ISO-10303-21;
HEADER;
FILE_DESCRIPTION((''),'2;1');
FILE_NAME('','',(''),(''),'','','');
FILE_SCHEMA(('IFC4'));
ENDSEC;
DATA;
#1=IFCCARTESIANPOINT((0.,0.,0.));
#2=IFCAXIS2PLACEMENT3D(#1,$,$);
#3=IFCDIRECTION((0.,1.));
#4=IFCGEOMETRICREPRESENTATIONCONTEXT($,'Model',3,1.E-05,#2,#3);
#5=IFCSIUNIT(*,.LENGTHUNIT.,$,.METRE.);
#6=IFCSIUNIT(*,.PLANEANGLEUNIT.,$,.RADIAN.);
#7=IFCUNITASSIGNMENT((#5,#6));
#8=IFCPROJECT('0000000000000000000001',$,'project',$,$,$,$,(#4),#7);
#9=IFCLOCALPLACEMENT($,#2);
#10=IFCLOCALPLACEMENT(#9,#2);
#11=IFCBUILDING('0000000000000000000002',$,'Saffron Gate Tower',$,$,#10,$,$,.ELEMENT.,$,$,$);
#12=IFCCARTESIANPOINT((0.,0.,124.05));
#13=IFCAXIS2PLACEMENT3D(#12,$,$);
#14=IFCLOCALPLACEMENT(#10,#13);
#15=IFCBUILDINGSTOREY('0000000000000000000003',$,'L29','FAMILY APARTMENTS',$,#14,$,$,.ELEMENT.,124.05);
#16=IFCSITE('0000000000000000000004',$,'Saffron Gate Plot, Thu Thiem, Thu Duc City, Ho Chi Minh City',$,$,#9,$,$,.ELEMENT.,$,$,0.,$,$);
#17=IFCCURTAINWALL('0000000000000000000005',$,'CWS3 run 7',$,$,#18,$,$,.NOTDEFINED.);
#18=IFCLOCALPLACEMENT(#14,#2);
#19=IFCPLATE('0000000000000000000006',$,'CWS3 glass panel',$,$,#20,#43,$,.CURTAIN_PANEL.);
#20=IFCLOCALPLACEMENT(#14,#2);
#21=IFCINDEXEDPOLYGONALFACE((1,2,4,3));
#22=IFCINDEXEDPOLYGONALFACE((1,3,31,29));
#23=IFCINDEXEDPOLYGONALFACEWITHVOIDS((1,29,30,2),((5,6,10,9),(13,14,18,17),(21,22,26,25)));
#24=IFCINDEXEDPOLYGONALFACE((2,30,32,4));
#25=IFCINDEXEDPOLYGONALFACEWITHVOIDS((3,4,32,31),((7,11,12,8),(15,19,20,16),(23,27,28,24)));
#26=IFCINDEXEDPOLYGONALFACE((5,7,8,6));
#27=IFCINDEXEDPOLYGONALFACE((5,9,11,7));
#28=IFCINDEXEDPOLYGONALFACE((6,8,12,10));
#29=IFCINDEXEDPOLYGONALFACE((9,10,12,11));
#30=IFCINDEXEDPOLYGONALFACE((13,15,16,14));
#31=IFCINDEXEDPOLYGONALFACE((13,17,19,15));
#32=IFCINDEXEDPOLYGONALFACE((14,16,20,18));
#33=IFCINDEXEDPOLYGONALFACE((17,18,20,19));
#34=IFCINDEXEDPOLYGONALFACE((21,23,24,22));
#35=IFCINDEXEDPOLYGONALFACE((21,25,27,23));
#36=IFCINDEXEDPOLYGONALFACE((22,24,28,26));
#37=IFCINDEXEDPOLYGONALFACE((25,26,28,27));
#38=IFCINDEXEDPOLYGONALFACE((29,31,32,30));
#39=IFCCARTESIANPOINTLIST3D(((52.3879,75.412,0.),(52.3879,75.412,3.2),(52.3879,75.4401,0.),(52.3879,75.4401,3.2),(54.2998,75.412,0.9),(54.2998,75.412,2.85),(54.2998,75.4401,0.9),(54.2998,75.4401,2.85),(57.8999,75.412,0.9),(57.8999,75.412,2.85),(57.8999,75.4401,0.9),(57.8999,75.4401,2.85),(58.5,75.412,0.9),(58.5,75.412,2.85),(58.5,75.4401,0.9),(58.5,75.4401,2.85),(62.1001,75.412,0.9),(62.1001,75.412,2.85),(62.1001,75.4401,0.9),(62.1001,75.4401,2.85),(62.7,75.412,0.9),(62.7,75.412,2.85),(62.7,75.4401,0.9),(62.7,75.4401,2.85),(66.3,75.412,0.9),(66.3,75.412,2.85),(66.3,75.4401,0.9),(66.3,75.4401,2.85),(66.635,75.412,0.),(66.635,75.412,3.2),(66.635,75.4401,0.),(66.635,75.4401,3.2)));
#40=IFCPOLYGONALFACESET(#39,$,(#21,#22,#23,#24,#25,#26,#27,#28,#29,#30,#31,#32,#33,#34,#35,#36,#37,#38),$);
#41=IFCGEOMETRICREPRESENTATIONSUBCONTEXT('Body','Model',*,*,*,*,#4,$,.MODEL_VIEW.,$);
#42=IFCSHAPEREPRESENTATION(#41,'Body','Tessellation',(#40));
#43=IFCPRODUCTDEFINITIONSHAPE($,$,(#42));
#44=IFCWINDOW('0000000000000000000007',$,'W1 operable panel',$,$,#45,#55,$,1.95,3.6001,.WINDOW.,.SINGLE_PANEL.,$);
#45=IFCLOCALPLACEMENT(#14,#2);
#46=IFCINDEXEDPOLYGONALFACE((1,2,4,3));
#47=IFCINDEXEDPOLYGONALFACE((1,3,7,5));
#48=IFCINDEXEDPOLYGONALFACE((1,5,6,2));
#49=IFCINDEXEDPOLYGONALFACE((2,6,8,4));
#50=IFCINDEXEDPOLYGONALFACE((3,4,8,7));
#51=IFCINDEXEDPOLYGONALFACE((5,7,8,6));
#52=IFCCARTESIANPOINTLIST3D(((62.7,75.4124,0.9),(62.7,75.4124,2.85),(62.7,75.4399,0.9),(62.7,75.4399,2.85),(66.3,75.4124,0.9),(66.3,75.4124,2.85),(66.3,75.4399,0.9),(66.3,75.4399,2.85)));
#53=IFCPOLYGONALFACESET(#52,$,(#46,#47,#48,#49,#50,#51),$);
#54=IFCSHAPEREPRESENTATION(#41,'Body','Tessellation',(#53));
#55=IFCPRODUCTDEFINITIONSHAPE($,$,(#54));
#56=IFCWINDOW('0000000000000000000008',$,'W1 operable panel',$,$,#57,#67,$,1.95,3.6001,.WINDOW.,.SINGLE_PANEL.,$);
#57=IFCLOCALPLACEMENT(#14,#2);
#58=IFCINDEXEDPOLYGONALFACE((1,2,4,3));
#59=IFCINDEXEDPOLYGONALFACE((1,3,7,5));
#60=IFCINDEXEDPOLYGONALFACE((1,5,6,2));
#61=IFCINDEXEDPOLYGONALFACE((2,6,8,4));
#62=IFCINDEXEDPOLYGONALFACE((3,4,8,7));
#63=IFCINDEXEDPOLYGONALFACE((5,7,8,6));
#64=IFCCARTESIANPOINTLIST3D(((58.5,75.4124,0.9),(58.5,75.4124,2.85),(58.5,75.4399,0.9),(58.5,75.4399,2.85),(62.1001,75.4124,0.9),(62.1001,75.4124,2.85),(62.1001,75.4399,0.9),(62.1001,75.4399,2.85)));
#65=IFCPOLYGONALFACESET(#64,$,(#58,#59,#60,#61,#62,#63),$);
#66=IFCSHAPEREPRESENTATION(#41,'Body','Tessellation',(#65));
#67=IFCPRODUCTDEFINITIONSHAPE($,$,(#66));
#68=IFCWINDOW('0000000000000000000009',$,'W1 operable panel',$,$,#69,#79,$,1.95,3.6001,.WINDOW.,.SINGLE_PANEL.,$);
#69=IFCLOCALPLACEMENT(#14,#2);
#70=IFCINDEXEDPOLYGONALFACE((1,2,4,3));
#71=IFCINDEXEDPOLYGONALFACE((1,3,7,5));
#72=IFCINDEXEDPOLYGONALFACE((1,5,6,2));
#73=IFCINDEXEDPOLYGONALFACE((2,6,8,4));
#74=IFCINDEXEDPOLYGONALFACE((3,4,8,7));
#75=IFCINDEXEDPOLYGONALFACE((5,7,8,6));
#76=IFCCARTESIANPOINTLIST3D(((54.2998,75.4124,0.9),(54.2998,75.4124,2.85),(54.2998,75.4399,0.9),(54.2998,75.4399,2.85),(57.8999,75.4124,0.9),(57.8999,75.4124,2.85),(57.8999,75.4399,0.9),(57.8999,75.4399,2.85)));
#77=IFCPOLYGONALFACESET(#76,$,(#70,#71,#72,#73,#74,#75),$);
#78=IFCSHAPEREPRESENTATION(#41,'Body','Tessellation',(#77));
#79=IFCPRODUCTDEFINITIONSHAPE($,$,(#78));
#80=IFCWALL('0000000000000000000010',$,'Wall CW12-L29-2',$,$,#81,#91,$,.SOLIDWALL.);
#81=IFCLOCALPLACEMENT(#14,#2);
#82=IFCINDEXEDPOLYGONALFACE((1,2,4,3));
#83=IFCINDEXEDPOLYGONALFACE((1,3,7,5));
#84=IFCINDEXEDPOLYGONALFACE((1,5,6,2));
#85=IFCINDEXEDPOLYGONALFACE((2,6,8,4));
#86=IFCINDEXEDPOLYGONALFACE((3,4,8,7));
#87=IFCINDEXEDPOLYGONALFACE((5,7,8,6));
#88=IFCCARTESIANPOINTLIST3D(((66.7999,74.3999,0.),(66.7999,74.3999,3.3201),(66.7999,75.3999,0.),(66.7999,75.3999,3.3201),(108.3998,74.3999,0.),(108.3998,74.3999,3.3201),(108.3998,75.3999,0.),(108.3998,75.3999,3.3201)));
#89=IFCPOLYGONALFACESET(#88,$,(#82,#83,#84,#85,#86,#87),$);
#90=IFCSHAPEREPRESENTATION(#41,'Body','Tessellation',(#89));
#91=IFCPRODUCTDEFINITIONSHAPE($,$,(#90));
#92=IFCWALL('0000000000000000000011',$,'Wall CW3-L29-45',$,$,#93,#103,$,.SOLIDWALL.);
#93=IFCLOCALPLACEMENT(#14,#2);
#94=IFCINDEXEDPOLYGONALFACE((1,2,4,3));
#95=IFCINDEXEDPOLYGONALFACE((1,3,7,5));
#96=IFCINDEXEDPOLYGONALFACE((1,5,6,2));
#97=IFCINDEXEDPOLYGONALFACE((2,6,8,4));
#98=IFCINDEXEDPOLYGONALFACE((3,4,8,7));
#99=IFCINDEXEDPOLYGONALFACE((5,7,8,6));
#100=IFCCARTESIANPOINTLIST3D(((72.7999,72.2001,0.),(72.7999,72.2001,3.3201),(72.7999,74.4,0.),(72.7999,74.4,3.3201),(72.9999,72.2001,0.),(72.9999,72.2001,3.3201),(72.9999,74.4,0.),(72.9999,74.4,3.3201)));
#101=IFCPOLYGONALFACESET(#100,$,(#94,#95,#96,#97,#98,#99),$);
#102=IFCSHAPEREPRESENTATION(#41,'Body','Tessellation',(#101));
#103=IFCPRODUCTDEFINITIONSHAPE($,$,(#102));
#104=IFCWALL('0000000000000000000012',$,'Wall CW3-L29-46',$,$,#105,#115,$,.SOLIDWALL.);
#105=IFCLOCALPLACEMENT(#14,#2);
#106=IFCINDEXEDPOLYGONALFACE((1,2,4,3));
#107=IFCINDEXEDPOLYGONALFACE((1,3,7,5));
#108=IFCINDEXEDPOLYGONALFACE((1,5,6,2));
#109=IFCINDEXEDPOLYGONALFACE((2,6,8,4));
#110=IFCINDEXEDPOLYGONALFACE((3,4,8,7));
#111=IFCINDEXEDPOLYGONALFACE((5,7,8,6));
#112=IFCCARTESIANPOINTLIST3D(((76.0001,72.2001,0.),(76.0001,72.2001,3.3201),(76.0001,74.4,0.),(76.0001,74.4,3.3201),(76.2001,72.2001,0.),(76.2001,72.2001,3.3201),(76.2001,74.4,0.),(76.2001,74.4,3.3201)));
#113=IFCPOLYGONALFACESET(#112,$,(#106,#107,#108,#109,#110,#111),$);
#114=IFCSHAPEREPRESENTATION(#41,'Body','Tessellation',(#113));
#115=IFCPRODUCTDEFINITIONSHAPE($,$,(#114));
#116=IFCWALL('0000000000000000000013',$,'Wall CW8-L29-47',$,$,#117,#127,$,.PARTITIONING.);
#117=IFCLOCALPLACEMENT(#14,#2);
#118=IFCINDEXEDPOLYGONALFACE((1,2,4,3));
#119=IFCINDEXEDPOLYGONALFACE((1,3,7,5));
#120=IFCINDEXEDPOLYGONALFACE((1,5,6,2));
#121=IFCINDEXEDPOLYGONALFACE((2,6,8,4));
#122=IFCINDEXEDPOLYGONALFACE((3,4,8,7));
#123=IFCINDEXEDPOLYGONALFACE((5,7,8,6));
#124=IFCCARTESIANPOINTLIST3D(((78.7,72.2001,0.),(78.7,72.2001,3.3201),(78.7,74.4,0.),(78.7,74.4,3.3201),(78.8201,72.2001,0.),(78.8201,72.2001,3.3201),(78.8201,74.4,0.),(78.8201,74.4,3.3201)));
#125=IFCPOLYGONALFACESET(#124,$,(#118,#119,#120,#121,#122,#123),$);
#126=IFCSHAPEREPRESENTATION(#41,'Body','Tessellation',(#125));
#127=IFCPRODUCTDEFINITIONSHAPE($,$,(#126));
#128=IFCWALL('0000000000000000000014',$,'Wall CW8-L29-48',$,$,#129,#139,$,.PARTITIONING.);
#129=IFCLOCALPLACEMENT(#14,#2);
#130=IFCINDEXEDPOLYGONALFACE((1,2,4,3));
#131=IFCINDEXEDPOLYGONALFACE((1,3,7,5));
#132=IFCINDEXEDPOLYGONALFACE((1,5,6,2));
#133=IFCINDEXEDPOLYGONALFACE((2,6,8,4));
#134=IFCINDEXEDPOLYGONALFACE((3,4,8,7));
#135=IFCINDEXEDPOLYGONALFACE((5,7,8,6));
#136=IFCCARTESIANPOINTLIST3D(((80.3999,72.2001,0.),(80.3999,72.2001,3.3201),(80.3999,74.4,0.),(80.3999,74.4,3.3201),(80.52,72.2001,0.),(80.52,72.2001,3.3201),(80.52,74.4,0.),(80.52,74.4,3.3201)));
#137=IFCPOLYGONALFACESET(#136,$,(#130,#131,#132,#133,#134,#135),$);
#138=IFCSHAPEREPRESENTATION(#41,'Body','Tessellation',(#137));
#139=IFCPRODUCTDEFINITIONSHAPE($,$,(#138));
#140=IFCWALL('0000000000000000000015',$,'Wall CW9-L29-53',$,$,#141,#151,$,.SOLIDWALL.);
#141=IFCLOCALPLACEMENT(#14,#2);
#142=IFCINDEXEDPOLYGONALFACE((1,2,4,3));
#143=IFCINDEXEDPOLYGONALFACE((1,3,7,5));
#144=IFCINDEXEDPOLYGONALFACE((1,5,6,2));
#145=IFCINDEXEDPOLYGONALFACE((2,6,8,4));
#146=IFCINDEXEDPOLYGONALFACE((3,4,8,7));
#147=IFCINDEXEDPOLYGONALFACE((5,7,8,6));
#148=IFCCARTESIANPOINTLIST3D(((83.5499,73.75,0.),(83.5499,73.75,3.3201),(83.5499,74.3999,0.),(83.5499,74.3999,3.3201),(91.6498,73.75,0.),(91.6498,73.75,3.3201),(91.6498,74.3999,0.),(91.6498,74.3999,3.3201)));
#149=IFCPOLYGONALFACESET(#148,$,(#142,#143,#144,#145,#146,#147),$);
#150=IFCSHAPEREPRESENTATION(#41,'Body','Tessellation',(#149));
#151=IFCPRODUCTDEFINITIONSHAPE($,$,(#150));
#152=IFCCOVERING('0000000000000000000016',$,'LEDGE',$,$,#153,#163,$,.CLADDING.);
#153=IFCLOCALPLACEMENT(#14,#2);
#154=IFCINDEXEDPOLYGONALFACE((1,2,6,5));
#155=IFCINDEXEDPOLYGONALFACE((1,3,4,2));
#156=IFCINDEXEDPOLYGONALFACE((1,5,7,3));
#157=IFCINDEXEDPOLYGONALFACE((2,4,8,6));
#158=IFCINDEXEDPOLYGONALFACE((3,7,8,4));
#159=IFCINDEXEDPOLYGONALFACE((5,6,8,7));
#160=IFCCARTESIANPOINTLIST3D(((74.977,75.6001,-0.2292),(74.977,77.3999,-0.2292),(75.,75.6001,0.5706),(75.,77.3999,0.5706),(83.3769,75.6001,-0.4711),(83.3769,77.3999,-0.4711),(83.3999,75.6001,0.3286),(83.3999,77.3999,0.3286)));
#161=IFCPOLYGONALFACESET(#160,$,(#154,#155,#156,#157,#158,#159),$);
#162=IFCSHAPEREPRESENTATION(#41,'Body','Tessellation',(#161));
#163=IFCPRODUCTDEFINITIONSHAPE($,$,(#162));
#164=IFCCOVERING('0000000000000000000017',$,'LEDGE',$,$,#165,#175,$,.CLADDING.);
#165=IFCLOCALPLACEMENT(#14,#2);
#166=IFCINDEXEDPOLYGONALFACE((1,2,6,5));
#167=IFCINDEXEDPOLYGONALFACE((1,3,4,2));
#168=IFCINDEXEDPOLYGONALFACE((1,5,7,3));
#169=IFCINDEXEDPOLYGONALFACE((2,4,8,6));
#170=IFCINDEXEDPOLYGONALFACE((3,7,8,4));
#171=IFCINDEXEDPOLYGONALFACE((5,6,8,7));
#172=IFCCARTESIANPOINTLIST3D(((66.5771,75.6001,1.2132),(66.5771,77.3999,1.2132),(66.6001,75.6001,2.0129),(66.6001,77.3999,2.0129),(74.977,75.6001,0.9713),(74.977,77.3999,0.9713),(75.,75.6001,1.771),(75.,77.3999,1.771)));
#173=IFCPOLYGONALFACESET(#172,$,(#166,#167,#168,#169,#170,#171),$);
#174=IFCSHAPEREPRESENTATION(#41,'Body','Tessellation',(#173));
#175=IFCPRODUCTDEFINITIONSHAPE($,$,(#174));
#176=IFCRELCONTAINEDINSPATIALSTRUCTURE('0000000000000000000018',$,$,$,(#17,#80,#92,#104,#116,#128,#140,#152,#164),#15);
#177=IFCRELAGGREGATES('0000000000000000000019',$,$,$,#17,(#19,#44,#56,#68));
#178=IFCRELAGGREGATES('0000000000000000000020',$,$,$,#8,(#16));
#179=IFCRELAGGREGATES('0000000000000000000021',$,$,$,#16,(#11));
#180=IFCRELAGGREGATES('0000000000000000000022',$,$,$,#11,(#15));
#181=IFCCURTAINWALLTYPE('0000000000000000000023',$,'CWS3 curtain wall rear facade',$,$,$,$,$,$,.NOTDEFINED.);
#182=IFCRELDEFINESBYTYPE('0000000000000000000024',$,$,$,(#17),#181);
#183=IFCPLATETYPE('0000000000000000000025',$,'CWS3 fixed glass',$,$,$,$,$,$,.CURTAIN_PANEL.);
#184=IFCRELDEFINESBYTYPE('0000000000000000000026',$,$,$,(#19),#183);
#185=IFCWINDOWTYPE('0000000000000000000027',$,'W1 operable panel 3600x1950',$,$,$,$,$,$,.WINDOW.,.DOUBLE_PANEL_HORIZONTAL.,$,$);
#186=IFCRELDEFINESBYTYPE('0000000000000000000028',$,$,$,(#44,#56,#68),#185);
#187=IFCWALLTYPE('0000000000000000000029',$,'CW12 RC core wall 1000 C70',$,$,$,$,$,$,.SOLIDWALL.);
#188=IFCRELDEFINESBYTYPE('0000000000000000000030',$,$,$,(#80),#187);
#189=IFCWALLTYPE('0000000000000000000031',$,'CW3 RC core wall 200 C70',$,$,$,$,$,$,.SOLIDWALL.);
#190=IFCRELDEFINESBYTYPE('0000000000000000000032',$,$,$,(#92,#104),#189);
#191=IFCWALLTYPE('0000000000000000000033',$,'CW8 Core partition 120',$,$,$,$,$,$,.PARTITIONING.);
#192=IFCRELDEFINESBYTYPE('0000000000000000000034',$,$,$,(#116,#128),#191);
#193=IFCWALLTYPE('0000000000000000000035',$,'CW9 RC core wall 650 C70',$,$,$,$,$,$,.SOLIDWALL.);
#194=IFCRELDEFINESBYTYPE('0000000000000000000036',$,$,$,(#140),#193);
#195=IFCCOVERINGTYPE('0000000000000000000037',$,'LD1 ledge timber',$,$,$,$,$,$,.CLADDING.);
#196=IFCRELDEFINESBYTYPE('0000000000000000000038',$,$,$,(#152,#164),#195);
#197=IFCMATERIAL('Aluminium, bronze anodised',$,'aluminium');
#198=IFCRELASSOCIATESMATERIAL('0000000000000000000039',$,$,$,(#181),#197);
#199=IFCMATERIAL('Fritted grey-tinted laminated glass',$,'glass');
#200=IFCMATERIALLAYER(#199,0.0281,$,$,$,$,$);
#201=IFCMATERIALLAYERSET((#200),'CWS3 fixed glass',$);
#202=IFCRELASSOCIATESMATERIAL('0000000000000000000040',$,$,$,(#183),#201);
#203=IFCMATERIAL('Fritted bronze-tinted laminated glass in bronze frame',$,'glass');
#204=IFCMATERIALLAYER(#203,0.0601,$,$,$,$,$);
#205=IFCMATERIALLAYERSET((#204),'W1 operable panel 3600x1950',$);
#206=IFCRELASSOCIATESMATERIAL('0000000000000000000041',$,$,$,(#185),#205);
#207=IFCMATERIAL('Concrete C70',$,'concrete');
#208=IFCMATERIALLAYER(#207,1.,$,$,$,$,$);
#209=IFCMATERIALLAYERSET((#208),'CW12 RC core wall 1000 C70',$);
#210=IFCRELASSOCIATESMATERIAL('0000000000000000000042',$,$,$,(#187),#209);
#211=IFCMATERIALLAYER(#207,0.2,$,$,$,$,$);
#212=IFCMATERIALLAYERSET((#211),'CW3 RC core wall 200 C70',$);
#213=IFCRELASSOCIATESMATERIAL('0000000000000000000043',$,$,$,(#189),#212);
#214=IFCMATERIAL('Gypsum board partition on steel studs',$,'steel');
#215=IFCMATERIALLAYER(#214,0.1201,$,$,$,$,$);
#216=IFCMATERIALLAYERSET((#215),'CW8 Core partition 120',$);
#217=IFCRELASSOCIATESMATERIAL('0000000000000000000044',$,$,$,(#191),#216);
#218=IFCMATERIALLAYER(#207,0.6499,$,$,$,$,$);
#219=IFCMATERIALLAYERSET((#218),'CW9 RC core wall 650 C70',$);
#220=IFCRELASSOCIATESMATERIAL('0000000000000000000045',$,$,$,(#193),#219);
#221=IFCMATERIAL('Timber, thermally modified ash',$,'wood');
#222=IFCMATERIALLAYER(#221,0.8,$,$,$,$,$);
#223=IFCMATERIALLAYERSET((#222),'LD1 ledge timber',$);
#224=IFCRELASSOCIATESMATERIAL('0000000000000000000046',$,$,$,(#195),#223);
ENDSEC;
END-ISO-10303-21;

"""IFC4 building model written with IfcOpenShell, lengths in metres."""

from ifc_helpers import new_model, si_unit, direction, frame, frame_2d, origin, place, context, subcontext, project, spatial, polyline, rectangle, outline, extrude, material, layer, layer_set, type_object, element, fill, aggregate, save


model = new_model("IFC4")

# Units and contexts
model_context = context("Model", 3, precision=1e-05, world=origin(), true_north=direction((0.0, 1.0)))
body_context = subcontext(model_context, "Body", "Model", "MODEL_VIEW")
ifc_project = project(units=[si_unit("LENGTHUNIT", "METRE"), si_unit("PLANEANGLEUNIT", "RADIAN")], contexts=[model_context])

# Site, building, storey
site_placement = place(None, origin())
site = spatial("IfcSite", under=ifc_project, at=site_placement, Name="Saffron Gate Plot, Thu Thiem, Thu Duc City, Ho Chi Minh City", CompositionType="ELEMENT", RefElevation=0.0)
building_placement = place(site_placement, origin())
building = spatial("IfcBuilding", under=site, at=building_placement, Name="Saffron Gate Tower", CompositionType="ELEMENT")
storey_placement = place(building_placement, frame((0.0, 0.0, 124.05)))
storey = spatial("IfcBuildingStorey", under=building, at=storey_placement, Name="L29", Description="FAMILY APARTMENTS", CompositionType="ELEMENT", Elevation=124.05)

# Curtain wall, plate, openings, windows
ifc_material_1 = material(Name="Aluminium, bronze anodised", Category="aluminium")
curtain_wall_type = type_object("IfcCurtainWallType", Name="CWS3 curtain wall rear facade", PredefinedType="NOTDEFINED", material=ifc_material_1)
curtain_wall_placement = place(storey_placement, origin())
curtain_wall = element("IfcCurtainWall", 1, at=curtain_wall_placement, inside=storey, type_object=curtain_wall_type, Name="CWS3 run 7", PredefinedType="NOTDEFINED")
ifc_material_2 = material(Name="Fritted grey-tinted laminated glass", Category="glass")
ifc_layer_1 = layer(ifc_material_2, 0.0281)
ifc_layer_set_1 = layer_set([ifc_layer_1], Name="CWS3 fixed glass")
plate_type = type_object("IfcPlateType", Name="CWS3 fixed glass", PredefinedType="CURTAIN_PANEL", material=ifc_layer_set_1)
plate_placement = place(storey_placement, frame((66.635, 75.426, 0.0), z_axis=(0.0, 0.0, 1.0), x_axis=(-1.0, 0.0, 0.0)))
plate = element("IfcPlate", 2, at=plate_placement, type_object=plate_type, Name="CWS3 glass panel", PredefinedType="CURTAIN_PANEL", context=body_context, shape_type="SweptSolid", body=[
    extrude(rectangle(XDim=14.2471, YDim=0.0281, at=frame_2d((7.1235, 0.0))), origin(), (0.0, 0.0, 1.0), 3.2),
])
opening_1_placement = place(plate_placement, frame((0.335, 0.0, 0.8999)))
opening_1 = element("IfcOpeningElement", 3, at=opening_1_placement, cuts=plate, PredefinedType="OPENING", context=body_context, shape_type="SweptSolid", body=[
    extrude(rectangle(XDim=3.6001, YDim=1.95, at=frame_2d((1.8, 0.9751))), frame((0.0, 0.0239, 0.0), z_axis=(0.0, -1.0, 0.0), x_axis=(1.0, 0.0, 0.0)), (0.0, 0.0, 1.0), 0.0481),
])
opening_2_placement = place(plate_placement, frame((4.5349, 0.0, 0.8999)))
opening_2 = element("IfcOpeningElement", 4, at=opening_2_placement, cuts=plate, PredefinedType="OPENING", context=body_context, shape_type="SweptSolid", body=[
    extrude(rectangle(XDim=3.6001, YDim=1.95, at=frame_2d((1.8, 0.9751))), frame((0.0, 0.0239, 0.0), z_axis=(0.0, -1.0, 0.0), x_axis=(1.0, 0.0, 0.0)), (0.0, 0.0, 1.0), 0.0481),
])
opening_3_placement = place(plate_placement, frame((8.7351, 0.0, 0.8999)))
opening_3 = element("IfcOpeningElement", 5, at=opening_3_placement, cuts=plate, PredefinedType="OPENING", context=body_context, shape_type="SweptSolid", body=[
    extrude(rectangle(XDim=3.6001, YDim=1.95, at=frame_2d((1.8, 0.9751))), frame((0.0, 0.0239, 0.0), z_axis=(0.0, -1.0, 0.0), x_axis=(1.0, 0.0, 0.0)), (0.0, 0.0, 1.0), 0.0481),
])
ifc_material_3 = material(Name="Fritted bronze-tinted laminated glass in bronze frame", Category="glass")
ifc_layer_2 = layer(ifc_material_3, 0.0601)
ifc_layer_set_2 = layer_set([ifc_layer_2], Name="W1 operable panel 3600x1950")
window_type = type_object("IfcWindowType", Name="W1 operable panel 3600x1950", PartitioningType="DOUBLE_PANEL_HORIZONTAL", PredefinedType="WINDOW", material=ifc_layer_set_2)
window_1_placement = place(opening_1_placement, origin())
window_1 = element("IfcWindow", 6, at=window_1_placement, type_object=window_type, Name="W1 operable panel", OverallHeight=1.95, OverallWidth=3.6001, PartitioningType="SINGLE_PANEL", PredefinedType="WINDOW", context=body_context, shape_type="SweptSolid", body=[
    extrude(rectangle(XDim=3.6001, YDim=1.95, at=frame_2d((1.8, 0.9751))), frame((0.0, 0.0137, 0.0), z_axis=(0.0, -1.0, 0.0), x_axis=(1.0, 0.0, 0.0)), (0.0, 0.0, 1.0), 0.0276),
])
fill(opening_1, window_1)
window_2_placement = place(opening_2_placement, origin())
window_2 = element("IfcWindow", 7, at=window_2_placement, type_object=window_type, Name="W1 operable panel", OverallHeight=1.95, OverallWidth=3.6001, PartitioningType="SINGLE_PANEL", PredefinedType="WINDOW", context=body_context, shape_type="SweptSolid", body=[
    extrude(rectangle(XDim=3.6001, YDim=1.95, at=frame_2d((1.8, 0.9751))), frame((0.0, 0.0137, 0.0), z_axis=(0.0, -1.0, 0.0), x_axis=(1.0, 0.0, 0.0)), (0.0, 0.0, 1.0), 0.0276),
])
fill(opening_2, window_2)
window_3_placement = place(opening_3_placement, origin())
window_3 = element("IfcWindow", 8, at=window_3_placement, type_object=window_type, Name="W1 operable panel", OverallHeight=1.95, OverallWidth=3.6001, PartitioningType="SINGLE_PANEL", PredefinedType="WINDOW", context=body_context, shape_type="SweptSolid", body=[
    extrude(rectangle(XDim=3.6001, YDim=1.95, at=frame_2d((1.8, 0.9751))), frame((0.0, 0.0137, 0.0), z_axis=(0.0, -1.0, 0.0), x_axis=(1.0, 0.0, 0.0)), (0.0, 0.0, 1.0), 0.0276),
])
fill(opening_3, window_3)
aggregate(curtain_wall, [plate, window_1, window_2, window_3])

# Walls
ifc_material_4 = material(Name="Concrete C70", Category="concrete")
ifc_layer_3 = layer(ifc_material_4, 1.0)
ifc_layer_set_3 = layer_set([ifc_layer_3], Name="CW12 RC core wall 1000 C70")
wall_type_1 = type_object("IfcWallType", Name="CW12 RC core wall 1000 C70", PredefinedType="SOLIDWALL", material=ifc_layer_set_3)
wall_1_placement = place(storey_placement, frame((66.8, 74.8999, 0.0), z_axis=(0.0, 0.0, 1.0), x_axis=(1.0, 0.0, 0.0)))
element("IfcWall", 9, at=wall_1_placement, inside=storey, type_object=wall_type_1, Name="Wall CW12-L29-2", PredefinedType="SOLIDWALL", context=body_context, shape_type="SweptSolid", body=[
    extrude(rectangle(XDim=41.5999, YDim=1.0, at=frame_2d((20.7998, 0.0))), origin(), (0.0, 0.0, 1.0), 3.3201),
])
ifc_layer_4 = layer(ifc_material_4, 0.2)
ifc_layer_set_4 = layer_set([ifc_layer_4], Name="CW3 RC core wall 200 C70")
wall_type_2 = type_object("IfcWallType", Name="CW3 RC core wall 200 C70", PredefinedType="SOLIDWALL", material=ifc_layer_set_4)
for number, where, z_axis, x_axis, name in (
    (10, (72.8999, 72.2, 0.0), (0.0, 0.0, 1.0), (0.0, 1.0, 0.0), "Wall CW3-L29-45"),
    (11, (76.1001, 72.2, 0.0), (0.0, 0.0, 1.0), (0.0, 1.0, 0.0), "Wall CW3-L29-46"),
):
    element("IfcWall", number, at=place(storey_placement, frame(where, z_axis=z_axis, x_axis=x_axis)), inside=storey, type_object=wall_type_2, Name=name, PredefinedType="SOLIDWALL", context=body_context, shape_type="SweptSolid", body=[
        extrude(rectangle(XDim=2.2, YDim=0.2, at=frame_2d((1.1001, 0.0))), origin(), (0.0, 0.0, 1.0), 3.3201),
    ])
ifc_material_5 = material(Name="Gypsum board partition on steel studs", Category="steel")
ifc_layer_5 = layer(ifc_material_5, 0.1201)
ifc_layer_set_5 = layer_set([ifc_layer_5], Name="CW8 Core partition 120")
wall_type_3 = type_object("IfcWallType", Name="CW8 Core partition 120", PredefinedType="PARTITIONING", material=ifc_layer_set_5)
for number, where, z_axis, x_axis, name in (
    (12, (78.76, 72.2, 0.0), (0.0, 0.0, 1.0), (0.0, 1.0, 0.0), "Wall CW8-L29-47"),
    (13, (80.46, 72.2, 0.0), (0.0, 0.0, 1.0), (0.0, 1.0, 0.0), "Wall CW8-L29-48"),
):
    element("IfcWall", number, at=place(storey_placement, frame(where, z_axis=z_axis, x_axis=x_axis)), inside=storey, type_object=wall_type_3, Name=name, PredefinedType="PARTITIONING", context=body_context, shape_type="SweptSolid", body=[
        extrude(rectangle(XDim=2.2, YDim=0.1201, at=frame_2d((1.1001, 0.0))), origin(), (0.0, 0.0, 1.0), 3.3201),
    ])
ifc_layer_6 = layer(ifc_material_4, 0.6499)
ifc_layer_set_6 = layer_set([ifc_layer_6], Name="CW9 RC core wall 650 C70")
wall_type_4 = type_object("IfcWallType", Name="CW9 RC core wall 650 C70", PredefinedType="SOLIDWALL", material=ifc_layer_set_6)
wall_2_placement = place(storey_placement, frame((83.55, 74.075, 0.0), z_axis=(0.0, 0.0, 1.0), x_axis=(1.0, 0.0, 0.0)))
element("IfcWall", 14, at=wall_2_placement, inside=storey, type_object=wall_type_4, Name="Wall CW9-L29-53", PredefinedType="SOLIDWALL", context=body_context, shape_type="SweptSolid", body=[
    extrude(rectangle(XDim=8.0999, YDim=0.6499, at=frame_2d((4.0498, 0.0))), origin(), (0.0, 0.0, 1.0), 3.3201),
])

# Coverings
ifc_material_6 = material(Name="Timber, thermally modified ash", Category="wood")
ifc_layer_7 = layer(ifc_material_6, 0.8)
ifc_layer_set_7 = layer_set([ifc_layer_7], Name="LD1 ledge timber")
covering_type_1 = type_object("IfcCoveringType", Name="LD1 ledge timber", PredefinedType="CLADDING", material=ifc_layer_set_7)
for number, where, z_axis, x_axis, name in (
    (15, (83.3999, 75.6001, 0.3286), (0.028791, 0.0, 0.999585), (-0.999585, 0.0, 0.028791), "LEDGE"),
    (16, (75.0, 75.6001, 1.771), (0.028791, 0.0, 0.999585), (-0.999585, 0.0, 0.028791), "LEDGE"),
):
    element("IfcCovering", number, at=place(storey_placement, frame(where, z_axis=z_axis, x_axis=x_axis)), inside=storey, type_object=covering_type_1, Name=name, PredefinedType="CLADDING", context=body_context, shape_type="SweptSolid", body=[
        extrude(outline(polyline([(0.0, 0.0), (8.4034, 0.0), (8.4034, -1.7998), (0.0, -1.7998), (0.0, 0.0)])), origin(), (0.0, 0.0, -1.0), 0.8),
    ])

save(model, "model.ifc")
